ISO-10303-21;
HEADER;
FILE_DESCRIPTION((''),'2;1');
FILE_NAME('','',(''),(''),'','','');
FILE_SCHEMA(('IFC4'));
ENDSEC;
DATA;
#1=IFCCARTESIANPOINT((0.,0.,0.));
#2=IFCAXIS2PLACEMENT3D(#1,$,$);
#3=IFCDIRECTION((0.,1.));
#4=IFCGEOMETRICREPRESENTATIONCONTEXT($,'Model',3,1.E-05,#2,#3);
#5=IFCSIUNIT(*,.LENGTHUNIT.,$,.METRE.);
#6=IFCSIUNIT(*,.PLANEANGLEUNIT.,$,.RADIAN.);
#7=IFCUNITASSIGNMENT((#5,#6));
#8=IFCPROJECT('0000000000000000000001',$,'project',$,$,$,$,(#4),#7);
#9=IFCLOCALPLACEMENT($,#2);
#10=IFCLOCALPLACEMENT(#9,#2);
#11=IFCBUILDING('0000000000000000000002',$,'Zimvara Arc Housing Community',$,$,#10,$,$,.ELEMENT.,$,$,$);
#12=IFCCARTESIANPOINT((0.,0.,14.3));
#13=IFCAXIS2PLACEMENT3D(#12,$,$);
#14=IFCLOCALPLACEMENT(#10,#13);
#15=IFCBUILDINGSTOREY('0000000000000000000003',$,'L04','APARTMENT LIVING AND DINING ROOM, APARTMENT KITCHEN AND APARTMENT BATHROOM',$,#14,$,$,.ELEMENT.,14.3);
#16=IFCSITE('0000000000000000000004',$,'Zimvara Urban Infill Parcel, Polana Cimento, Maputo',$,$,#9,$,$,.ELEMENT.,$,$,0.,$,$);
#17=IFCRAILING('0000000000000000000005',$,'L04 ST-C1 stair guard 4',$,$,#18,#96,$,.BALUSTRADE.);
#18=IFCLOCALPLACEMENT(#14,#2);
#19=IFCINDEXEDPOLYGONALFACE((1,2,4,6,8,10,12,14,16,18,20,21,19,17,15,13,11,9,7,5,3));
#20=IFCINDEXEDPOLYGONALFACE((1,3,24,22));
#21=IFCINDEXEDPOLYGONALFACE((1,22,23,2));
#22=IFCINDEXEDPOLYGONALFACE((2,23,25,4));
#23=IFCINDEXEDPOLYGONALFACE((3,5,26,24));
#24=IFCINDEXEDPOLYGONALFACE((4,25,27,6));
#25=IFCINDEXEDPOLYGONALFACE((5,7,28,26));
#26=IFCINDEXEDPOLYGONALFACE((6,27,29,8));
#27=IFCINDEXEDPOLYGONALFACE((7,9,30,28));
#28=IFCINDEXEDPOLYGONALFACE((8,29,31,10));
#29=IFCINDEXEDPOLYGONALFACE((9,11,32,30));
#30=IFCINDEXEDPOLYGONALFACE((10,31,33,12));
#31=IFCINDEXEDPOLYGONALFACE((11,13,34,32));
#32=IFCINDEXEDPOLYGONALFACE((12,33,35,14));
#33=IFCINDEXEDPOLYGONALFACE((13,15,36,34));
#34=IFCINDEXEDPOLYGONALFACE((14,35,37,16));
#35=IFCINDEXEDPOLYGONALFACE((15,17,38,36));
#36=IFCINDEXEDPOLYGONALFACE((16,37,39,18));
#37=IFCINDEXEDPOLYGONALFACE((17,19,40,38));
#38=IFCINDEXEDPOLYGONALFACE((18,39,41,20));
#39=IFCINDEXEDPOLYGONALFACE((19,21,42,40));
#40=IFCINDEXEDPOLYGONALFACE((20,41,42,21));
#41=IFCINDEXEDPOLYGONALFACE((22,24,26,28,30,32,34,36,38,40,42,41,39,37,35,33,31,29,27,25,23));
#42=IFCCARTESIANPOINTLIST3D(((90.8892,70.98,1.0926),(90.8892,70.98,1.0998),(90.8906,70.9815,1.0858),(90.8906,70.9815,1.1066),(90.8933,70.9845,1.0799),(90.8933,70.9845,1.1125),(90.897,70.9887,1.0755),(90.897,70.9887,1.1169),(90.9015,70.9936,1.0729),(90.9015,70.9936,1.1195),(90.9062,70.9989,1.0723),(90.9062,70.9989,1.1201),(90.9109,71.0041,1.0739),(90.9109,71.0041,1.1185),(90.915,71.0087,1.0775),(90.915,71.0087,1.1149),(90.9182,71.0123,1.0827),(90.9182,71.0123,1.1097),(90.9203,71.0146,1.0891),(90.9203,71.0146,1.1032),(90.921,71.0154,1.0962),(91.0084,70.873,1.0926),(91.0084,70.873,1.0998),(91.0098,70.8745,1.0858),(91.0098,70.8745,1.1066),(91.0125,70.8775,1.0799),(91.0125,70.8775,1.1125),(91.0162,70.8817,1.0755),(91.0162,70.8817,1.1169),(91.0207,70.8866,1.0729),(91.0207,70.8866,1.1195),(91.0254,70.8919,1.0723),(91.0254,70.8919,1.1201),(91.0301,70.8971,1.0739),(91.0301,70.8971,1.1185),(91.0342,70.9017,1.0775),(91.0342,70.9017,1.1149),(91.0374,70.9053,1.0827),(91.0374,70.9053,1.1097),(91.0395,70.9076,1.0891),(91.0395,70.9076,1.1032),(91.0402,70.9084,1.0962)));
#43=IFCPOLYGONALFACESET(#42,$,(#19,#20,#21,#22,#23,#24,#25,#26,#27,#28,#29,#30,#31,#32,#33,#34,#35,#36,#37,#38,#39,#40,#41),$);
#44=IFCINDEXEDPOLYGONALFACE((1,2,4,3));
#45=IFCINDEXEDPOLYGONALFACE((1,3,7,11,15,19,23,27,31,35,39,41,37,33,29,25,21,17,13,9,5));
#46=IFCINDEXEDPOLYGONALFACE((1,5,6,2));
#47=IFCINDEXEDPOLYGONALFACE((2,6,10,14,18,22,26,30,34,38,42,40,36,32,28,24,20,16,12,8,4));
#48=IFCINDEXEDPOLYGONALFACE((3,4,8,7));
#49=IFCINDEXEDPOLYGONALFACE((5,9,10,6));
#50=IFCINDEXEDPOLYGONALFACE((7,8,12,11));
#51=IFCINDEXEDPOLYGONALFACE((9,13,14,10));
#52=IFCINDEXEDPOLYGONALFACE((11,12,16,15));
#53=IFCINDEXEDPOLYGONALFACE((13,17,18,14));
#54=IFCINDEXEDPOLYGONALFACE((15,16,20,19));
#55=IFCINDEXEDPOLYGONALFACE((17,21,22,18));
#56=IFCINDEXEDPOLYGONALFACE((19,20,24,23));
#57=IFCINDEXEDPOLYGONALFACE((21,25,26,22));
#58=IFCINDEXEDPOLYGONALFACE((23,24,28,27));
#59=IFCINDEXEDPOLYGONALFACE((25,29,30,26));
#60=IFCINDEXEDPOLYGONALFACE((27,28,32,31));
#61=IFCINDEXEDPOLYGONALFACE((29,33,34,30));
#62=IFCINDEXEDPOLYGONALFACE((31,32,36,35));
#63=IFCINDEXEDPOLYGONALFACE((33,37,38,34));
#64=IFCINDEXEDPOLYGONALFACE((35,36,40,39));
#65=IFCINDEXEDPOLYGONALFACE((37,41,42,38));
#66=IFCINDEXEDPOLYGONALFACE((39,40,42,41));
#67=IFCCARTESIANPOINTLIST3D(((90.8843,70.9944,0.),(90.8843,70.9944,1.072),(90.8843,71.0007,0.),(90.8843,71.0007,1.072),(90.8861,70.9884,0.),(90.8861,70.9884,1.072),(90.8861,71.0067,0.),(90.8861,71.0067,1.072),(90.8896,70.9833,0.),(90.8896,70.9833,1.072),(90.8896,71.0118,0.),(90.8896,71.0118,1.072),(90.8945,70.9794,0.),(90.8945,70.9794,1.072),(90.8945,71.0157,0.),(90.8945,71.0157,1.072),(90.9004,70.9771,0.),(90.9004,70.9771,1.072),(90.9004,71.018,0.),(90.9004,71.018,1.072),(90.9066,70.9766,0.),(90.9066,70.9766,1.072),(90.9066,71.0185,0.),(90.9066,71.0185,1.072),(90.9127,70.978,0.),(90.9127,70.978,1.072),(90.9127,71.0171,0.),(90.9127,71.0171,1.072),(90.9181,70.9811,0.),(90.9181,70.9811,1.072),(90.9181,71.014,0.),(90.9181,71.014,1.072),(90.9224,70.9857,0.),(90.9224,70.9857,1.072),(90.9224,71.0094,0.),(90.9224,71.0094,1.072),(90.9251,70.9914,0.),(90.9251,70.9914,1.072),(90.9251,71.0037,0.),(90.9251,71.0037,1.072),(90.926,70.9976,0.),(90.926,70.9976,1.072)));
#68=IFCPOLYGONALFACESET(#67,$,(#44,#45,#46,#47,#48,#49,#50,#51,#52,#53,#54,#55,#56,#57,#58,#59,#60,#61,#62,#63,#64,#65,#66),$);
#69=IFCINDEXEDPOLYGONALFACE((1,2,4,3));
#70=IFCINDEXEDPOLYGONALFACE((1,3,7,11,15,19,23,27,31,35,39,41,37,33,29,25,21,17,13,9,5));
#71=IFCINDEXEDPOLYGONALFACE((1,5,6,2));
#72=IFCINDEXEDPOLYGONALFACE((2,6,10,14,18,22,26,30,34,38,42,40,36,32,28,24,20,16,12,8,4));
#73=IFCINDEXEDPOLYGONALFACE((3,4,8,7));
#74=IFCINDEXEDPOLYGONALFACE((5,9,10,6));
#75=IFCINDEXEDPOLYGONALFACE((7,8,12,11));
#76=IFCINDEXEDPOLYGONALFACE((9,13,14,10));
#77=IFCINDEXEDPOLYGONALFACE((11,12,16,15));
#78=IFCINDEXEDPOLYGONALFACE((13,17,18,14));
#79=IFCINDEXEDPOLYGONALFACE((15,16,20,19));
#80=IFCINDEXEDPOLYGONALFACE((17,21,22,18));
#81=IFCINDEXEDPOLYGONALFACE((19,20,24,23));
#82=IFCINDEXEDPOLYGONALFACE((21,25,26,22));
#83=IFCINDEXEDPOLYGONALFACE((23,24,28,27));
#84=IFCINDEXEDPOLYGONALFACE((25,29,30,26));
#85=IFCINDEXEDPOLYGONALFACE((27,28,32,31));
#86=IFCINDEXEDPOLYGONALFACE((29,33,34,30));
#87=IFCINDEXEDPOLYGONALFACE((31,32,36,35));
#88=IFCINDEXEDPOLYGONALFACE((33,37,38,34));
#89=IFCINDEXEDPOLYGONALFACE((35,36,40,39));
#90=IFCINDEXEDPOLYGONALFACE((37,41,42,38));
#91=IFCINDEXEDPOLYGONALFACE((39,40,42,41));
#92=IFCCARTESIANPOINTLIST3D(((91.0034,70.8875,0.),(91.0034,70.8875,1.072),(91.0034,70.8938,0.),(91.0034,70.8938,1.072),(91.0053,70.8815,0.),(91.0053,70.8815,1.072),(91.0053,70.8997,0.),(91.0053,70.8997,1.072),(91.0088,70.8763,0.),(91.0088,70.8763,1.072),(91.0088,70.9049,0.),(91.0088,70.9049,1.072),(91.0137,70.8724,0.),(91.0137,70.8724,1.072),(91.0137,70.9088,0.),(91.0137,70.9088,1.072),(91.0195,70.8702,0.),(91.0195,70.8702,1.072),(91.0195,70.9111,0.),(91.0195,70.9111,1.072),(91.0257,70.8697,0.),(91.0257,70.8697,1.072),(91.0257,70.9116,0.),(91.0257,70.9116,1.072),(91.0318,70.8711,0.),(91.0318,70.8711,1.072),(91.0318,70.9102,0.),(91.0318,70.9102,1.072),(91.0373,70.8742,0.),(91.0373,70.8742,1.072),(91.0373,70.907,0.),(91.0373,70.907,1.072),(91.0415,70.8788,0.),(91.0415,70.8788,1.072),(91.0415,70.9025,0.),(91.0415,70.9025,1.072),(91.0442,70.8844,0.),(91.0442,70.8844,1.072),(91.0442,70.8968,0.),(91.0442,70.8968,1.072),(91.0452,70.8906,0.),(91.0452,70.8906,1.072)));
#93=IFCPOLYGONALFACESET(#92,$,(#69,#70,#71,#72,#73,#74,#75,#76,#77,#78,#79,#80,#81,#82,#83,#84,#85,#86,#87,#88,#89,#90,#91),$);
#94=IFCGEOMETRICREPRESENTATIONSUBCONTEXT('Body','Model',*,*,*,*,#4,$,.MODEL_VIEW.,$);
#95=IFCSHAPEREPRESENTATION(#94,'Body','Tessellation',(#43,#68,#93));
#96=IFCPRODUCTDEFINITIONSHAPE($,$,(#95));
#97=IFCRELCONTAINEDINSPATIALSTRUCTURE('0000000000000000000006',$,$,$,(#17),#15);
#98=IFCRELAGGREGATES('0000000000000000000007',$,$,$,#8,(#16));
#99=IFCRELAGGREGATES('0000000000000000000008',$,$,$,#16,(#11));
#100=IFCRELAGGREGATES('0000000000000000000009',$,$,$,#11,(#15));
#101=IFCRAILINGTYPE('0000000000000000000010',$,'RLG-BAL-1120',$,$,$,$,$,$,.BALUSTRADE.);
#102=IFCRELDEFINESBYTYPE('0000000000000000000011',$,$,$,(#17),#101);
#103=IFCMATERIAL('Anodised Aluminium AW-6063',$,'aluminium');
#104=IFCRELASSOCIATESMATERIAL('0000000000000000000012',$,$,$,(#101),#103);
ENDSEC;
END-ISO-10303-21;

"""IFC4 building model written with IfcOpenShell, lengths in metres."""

from ifc_helpers import new_model, si_unit, direction, frame, origin, origin_2d, place, context, subcontext, project, spatial, circle, extrude, material, type_object, element, save


model = new_model("IFC4")

# Units and contexts
model_context = context("Model", 3, precision=1e-05, world=origin(), true_north=direction((0.0, 1.0)))
body_context = subcontext(model_context, "Body", "Model", "MODEL_VIEW")
ifc_project = project(units=[si_unit("LENGTHUNIT", "METRE"), si_unit("PLANEANGLEUNIT", "RADIAN")], contexts=[model_context])

# Site, building, storey
site_placement = place(None, origin())
site = spatial("IfcSite", under=ifc_project, at=site_placement, Name="Zimvara Urban Infill Parcel, Polana Cimento, Maputo", CompositionType="ELEMENT", RefElevation=0.0)
building_placement = place(site_placement, origin())
building = spatial("IfcBuilding", under=site, at=building_placement, Name="Zimvara Arc Housing Community", CompositionType="ELEMENT")
storey_placement = place(building_placement, frame((0.0, 0.0, 14.3)))
storey = spatial("IfcBuildingStorey", under=building, at=storey_placement, Name="L04", Description="APARTMENT LIVING AND DINING ROOM, APARTMENT KITCHEN AND APARTMENT BATHROOM", CompositionType="ELEMENT", Elevation=14.3)

# Railing
ifc_material_1 = material(Name="Anodised Aluminium AW-6063", Category="aluminium")
railing_type_1 = type_object("IfcRailingType", Name="RLG-BAL-1120", PredefinedType="BALUSTRADE", material=ifc_material_1)
railing_1_placement = place(storey_placement, frame((90.905, 70.9976, 0.0)))
element("IfcRailing", 1, at=railing_1_placement, inside=storey, type_object=railing_type_1, Name="L04 ST-C1 stair guard 4", PredefinedType="BALUSTRADE", context=body_context, shape_type="SweptSolid", body=[
    extrude(circle(Radius=0.0239, at=origin_2d()), frame((0.0, 0.0, 1.0962), z_axis=(0.744203, -0.667953, 0.0), x_axis=(0.667953, 0.744203, 0.0)), (0.0, 0.0, 1.0), 0.1602),
    extrude(circle(Radius=0.021, at=origin_2d()), origin(), (0.0, 0.0, 1.0), 1.072),
    extrude(circle(Radius=0.021, at=origin_2d()), frame((0.1191, -0.1069, 0.0)), (0.0, 0.0, 1.0), 1.072),
])

save(model, "model.ifc")
